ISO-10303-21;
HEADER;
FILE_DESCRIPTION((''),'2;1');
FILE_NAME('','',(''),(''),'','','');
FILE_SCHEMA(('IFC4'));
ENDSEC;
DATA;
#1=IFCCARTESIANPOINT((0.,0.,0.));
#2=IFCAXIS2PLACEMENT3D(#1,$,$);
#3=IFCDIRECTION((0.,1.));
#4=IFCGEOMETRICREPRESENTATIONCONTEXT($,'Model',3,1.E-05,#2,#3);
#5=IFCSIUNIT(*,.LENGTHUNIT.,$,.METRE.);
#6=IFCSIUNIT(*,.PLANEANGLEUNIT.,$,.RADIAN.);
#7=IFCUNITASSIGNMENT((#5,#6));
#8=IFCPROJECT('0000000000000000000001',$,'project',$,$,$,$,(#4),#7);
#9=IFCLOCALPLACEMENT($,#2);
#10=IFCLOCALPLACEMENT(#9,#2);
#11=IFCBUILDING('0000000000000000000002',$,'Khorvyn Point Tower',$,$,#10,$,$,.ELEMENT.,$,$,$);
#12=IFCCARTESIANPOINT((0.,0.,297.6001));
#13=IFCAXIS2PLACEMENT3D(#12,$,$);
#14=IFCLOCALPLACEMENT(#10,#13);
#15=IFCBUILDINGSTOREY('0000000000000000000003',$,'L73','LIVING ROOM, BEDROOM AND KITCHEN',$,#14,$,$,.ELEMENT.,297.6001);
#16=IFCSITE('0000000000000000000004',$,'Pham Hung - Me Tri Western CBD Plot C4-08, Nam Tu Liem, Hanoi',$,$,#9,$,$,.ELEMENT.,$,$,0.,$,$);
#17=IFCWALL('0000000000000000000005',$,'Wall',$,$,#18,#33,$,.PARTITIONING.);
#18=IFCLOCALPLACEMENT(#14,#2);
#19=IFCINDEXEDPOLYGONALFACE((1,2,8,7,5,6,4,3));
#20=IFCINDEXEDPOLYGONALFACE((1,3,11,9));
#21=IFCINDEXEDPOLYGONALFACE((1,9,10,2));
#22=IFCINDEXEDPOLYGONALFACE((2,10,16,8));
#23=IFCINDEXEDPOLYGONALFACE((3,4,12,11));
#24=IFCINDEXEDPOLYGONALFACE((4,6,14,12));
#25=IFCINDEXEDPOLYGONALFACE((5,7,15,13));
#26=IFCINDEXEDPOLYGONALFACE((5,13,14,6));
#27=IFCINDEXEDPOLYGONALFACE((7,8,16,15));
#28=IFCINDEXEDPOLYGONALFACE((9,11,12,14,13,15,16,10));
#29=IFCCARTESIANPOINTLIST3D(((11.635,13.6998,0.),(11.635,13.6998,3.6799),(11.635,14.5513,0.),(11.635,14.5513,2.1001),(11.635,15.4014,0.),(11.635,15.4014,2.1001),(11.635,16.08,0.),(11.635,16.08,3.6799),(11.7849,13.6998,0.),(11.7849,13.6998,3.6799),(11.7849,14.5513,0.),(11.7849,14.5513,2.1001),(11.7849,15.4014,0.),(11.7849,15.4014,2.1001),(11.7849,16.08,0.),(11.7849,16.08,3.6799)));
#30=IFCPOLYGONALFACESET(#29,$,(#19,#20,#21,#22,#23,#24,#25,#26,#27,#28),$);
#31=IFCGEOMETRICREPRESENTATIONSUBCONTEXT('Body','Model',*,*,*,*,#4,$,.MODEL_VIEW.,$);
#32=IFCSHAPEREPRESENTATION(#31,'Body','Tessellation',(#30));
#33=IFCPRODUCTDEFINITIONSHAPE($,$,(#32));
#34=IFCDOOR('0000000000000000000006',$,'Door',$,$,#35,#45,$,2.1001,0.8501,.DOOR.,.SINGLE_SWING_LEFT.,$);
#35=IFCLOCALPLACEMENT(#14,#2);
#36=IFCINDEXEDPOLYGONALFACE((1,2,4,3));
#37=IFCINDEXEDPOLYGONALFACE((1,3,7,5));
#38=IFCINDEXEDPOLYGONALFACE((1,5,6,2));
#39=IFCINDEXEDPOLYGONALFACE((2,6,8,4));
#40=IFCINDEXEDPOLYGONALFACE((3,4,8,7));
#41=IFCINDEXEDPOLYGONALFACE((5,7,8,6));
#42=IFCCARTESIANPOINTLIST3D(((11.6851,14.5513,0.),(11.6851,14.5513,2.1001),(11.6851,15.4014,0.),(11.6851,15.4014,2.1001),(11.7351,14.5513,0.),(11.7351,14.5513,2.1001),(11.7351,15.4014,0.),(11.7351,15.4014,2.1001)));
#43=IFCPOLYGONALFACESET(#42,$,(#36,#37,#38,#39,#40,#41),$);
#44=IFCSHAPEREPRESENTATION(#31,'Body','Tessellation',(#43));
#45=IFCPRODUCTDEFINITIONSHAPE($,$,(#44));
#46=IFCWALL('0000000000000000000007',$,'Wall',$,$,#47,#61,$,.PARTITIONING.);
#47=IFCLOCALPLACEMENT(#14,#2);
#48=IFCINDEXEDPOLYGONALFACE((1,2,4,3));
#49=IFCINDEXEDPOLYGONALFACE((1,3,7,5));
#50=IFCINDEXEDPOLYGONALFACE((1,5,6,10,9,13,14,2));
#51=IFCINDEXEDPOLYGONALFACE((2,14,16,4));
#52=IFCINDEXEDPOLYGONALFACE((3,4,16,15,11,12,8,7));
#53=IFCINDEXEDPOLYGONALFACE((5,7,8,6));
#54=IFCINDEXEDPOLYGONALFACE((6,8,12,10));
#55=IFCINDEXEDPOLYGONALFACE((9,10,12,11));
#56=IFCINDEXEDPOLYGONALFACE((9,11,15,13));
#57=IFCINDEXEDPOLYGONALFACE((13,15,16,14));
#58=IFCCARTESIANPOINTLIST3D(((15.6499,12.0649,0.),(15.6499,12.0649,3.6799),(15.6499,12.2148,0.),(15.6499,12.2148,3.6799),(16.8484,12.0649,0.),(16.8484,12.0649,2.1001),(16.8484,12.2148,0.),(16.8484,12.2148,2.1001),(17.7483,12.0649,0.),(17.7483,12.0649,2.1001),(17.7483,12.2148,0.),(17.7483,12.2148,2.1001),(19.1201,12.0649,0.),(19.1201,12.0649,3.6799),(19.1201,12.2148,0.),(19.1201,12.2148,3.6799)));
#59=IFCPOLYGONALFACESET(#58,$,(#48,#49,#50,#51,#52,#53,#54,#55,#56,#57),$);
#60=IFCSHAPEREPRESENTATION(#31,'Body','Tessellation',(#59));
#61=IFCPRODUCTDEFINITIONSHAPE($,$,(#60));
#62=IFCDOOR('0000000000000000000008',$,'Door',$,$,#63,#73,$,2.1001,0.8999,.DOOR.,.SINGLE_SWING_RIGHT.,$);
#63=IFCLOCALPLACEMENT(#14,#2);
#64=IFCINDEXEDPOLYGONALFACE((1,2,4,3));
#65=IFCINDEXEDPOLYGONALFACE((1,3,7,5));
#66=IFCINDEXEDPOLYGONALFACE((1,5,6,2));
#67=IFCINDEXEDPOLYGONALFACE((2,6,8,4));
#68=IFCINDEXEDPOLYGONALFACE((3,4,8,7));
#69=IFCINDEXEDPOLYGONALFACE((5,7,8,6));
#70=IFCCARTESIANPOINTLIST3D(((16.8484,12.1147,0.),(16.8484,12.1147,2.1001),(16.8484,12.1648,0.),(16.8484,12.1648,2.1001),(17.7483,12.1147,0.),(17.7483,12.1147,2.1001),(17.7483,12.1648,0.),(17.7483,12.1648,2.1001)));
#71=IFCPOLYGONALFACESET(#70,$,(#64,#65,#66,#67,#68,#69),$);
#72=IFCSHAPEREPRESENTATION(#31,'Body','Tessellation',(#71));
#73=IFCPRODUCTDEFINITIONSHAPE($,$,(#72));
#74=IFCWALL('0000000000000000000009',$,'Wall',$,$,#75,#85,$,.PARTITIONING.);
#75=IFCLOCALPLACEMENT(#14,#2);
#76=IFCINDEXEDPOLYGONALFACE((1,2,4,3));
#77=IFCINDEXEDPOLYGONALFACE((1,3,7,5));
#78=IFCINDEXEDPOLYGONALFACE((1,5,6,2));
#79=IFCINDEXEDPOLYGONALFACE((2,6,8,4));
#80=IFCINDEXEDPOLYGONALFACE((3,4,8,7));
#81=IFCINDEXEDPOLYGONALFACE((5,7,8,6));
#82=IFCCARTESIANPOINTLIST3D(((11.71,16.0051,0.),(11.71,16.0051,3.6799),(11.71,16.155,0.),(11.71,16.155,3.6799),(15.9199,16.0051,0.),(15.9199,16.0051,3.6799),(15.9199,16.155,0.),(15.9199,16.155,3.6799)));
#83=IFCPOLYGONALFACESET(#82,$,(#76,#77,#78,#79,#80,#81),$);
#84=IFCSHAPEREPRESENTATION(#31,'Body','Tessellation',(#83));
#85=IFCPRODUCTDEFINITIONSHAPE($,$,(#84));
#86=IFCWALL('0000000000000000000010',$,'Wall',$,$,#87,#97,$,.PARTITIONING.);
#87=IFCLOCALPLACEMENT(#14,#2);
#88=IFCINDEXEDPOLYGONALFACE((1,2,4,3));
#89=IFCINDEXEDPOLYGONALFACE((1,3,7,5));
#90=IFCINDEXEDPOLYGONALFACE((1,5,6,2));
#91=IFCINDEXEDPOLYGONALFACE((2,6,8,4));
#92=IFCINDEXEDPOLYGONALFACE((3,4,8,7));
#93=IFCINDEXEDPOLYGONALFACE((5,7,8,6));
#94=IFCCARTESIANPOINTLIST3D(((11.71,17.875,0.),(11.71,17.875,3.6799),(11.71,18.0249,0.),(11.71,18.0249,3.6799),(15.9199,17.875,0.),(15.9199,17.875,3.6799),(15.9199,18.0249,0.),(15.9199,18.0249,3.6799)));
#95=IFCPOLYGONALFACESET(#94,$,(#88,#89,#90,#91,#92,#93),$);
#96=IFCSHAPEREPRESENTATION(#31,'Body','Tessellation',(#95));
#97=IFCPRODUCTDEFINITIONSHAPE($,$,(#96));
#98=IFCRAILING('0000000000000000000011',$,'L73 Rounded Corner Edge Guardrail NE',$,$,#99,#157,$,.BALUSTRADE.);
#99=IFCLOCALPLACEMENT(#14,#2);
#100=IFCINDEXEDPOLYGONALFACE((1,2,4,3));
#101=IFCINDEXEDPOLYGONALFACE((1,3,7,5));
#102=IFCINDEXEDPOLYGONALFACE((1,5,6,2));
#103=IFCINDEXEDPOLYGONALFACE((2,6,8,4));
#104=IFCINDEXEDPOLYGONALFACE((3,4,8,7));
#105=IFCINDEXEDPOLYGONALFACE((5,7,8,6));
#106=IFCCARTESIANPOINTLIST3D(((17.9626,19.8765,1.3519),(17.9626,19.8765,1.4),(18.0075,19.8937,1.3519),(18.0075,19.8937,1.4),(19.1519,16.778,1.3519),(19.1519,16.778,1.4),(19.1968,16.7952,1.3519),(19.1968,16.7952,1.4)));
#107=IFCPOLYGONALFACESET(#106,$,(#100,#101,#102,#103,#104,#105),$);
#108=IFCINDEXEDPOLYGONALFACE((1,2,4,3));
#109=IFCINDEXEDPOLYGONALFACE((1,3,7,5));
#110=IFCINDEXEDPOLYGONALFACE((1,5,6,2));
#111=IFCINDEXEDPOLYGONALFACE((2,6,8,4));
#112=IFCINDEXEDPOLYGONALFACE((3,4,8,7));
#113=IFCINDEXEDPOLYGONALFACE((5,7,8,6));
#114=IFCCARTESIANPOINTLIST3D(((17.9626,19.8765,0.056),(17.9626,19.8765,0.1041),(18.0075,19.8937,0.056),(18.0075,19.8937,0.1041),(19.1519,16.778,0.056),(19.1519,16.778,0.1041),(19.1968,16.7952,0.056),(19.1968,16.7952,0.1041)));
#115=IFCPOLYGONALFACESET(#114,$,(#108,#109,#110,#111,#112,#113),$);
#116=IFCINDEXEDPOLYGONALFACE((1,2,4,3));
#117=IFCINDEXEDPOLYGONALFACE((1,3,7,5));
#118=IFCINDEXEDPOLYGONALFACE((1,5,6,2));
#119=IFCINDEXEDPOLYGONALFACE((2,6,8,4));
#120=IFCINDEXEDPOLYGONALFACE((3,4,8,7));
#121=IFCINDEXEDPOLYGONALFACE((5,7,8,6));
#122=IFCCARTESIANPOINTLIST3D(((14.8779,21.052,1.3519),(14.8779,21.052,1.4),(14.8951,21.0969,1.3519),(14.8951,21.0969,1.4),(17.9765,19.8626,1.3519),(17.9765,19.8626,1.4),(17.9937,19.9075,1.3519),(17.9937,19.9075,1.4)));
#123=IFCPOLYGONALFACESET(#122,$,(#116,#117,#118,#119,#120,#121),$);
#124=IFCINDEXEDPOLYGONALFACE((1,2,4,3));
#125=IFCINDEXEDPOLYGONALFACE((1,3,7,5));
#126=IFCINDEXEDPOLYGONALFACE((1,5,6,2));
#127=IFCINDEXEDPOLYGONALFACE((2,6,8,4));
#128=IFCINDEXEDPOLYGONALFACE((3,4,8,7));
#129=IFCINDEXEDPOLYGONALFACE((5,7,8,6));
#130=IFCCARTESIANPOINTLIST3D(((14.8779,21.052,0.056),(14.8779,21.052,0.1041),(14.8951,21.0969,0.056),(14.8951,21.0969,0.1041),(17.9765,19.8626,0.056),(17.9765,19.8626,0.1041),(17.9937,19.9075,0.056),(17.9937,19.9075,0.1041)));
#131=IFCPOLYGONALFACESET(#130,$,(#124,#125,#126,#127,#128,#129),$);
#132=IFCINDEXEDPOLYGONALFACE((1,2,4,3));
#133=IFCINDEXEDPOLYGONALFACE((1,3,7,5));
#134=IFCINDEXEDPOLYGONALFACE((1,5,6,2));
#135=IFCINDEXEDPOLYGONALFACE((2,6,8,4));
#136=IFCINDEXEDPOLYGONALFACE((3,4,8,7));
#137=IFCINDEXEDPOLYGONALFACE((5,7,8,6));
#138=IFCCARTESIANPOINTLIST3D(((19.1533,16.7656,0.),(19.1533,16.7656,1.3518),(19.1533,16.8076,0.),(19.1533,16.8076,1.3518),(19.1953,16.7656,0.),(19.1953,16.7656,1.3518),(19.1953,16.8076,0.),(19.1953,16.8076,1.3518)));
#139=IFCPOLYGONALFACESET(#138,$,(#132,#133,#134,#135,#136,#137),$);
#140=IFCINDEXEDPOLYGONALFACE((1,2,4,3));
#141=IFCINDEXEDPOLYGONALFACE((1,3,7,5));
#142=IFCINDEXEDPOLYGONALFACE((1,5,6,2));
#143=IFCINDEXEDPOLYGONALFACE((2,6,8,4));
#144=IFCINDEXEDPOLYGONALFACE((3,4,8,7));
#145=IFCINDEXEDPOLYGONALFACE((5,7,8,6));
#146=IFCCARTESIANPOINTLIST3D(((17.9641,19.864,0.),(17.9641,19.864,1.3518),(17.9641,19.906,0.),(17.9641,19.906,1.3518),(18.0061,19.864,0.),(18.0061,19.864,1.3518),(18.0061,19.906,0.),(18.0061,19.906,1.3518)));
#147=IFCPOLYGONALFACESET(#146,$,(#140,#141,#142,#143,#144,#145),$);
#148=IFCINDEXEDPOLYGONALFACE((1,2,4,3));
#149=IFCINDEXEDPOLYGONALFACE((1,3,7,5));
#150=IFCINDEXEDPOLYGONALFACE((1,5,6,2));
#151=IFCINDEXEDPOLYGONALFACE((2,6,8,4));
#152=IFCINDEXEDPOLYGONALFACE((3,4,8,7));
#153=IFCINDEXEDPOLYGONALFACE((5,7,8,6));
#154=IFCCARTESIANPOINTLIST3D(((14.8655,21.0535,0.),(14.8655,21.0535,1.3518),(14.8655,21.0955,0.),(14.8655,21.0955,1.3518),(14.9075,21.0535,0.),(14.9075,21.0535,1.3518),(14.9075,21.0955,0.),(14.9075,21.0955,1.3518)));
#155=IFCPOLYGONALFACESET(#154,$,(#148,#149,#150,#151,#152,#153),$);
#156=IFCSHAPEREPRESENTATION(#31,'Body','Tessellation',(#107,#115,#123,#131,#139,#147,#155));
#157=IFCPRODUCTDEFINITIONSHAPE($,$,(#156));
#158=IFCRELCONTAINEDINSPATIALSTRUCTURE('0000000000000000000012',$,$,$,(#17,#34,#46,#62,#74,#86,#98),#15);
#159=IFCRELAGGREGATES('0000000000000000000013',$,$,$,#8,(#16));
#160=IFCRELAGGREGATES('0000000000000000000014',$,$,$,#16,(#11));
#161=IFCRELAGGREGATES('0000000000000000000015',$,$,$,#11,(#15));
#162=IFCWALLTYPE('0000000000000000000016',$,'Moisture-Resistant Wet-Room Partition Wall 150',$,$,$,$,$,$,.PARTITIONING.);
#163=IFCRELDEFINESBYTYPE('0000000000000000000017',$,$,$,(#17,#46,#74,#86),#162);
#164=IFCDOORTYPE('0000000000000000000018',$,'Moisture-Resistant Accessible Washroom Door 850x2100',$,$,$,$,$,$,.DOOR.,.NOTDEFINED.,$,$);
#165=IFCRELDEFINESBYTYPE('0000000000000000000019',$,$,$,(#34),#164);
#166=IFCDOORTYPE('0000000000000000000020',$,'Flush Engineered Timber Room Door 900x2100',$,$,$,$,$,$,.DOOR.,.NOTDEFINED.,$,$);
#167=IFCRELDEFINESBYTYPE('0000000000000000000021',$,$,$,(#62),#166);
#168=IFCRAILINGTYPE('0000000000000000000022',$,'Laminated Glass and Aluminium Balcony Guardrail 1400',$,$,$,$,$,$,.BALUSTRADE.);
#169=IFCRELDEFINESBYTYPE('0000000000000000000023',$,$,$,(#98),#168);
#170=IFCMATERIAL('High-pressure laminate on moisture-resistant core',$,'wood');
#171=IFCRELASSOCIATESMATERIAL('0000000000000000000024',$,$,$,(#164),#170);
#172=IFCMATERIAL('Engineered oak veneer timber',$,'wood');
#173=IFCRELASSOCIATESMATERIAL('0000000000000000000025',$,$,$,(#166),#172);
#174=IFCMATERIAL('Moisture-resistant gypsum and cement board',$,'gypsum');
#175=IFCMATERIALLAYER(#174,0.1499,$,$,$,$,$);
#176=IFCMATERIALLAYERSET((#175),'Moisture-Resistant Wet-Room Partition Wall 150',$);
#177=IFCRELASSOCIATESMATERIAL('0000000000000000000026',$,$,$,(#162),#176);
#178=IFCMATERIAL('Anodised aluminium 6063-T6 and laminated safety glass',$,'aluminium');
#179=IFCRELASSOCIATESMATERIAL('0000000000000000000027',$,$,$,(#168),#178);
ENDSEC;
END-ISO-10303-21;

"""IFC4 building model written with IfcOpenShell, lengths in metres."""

from ifc_helpers import new_model, si_unit, direction, frame, frame_2d, origin, origin_2d, place, context, subcontext, project, spatial, rectangle, extrude, material, layer, layer_set, type_object, element, fill, save


model = new_model("IFC4")

# Units and contexts
model_context = context("Model", 3, precision=1e-05, world=origin(), true_north=direction((0.0, 1.0)))
body_context = subcontext(model_context, "Body", "Model", "MODEL_VIEW")
ifc_project = project(units=[si_unit("LENGTHUNIT", "METRE"), si_unit("PLANEANGLEUNIT", "RADIAN")], contexts=[model_context])

# Site, building, storey
site_placement = place(None, origin())
site = spatial("IfcSite", under=ifc_project, at=site_placement, Name="Pham Hung - Me Tri Western CBD Plot C4-08, Nam Tu Liem, Hanoi", CompositionType="ELEMENT", RefElevation=0.0)
building_placement = place(site_placement, origin())
building = spatial("IfcBuilding", under=site, at=building_placement, Name="Khorvyn Point Tower", CompositionType="ELEMENT")
storey_placement = place(building_placement, frame((0.0, 0.0, 297.6001)))
storey = spatial("IfcBuildingStorey", under=building, at=storey_placement, Name="L73", Description="LIVING ROOM, BEDROOM AND KITCHEN", CompositionType="ELEMENT", Elevation=297.6001)

# Walls, openings, doors
ifc_material_1 = material(Name="High-pressure laminate on moisture-resistant core", Category="wood")
door_type_1 = type_object("IfcDoorType", Name="Moisture-Resistant Accessible Washroom Door 850x2100", OperationType="NOTDEFINED", PredefinedType="DOOR", material=ifc_material_1)
ifc_material_2 = material(Name="Engineered oak veneer timber", Category="wood")
door_type_2 = type_object("IfcDoorType", Name="Flush Engineered Timber Room Door 900x2100", OperationType="NOTDEFINED", PredefinedType="DOOR", material=ifc_material_2)
ifc_material_3 = material(Name="Moisture-resistant gypsum and cement board", Category="gypsum")
ifc_layer_1 = layer(ifc_material_3, 0.1499)
ifc_layer_set_1 = layer_set([ifc_layer_1], Name="Moisture-Resistant Wet-Room Partition Wall 150")
wall_type_1 = type_object("IfcWallType", Name="Moisture-Resistant Wet-Room Partition Wall 150", PredefinedType="PARTITIONING", material=ifc_layer_set_1)
wall_1_placement = place(storey_placement, frame((11.71, 13.7, 0.0), z_axis=(0.0, 0.0, 1.0), x_axis=(0.0, 1.0, 0.0)))
wall_1 = element("IfcWall", 1, at=wall_1_placement, inside=storey, type_object=wall_type_1, Name="Wall", PredefinedType="PARTITIONING", context=body_context, shape_type="SweptSolid", body=[
    extrude(rectangle(XDim=2.3801, YDim=0.1499, at=frame_2d((1.1899, 0.0))), origin(), (0.0, 0.0, 1.0), 3.6799),
])
opening_1_placement = place(wall_1_placement, frame((0.8513, 0.0, 0.0)))
opening_1 = element("IfcOpeningElement", 2, at=opening_1_placement, cuts=wall_1, PredefinedType="OPENING", context=body_context, shape_type="SweptSolid", body=[
    extrude(rectangle(XDim=0.8501, YDim=2.1001, at=frame_2d((0.425, 1.05))), frame((0.0, 0.085, 0.0), z_axis=(0.0, -1.0, 0.0), x_axis=(1.0, 0.0, 0.0)), (0.0, 0.0, 1.0), 0.1699),
])
door_1_placement = place(opening_1_placement, origin())
door_1 = element("IfcDoor", 3, at=door_1_placement, inside=storey, type_object=door_type_1, Name="Door", OperationType="SINGLE_SWING_LEFT", OverallHeight=2.1001, OverallWidth=0.8501, PredefinedType="DOOR", context=body_context, shape_type="SweptSolid", body=[
    extrude(rectangle(XDim=0.8501, YDim=2.1001, at=frame_2d((0.425, 1.05))), frame((0.0, 0.0249, 0.0), z_axis=(0.0, -1.0, 0.0), x_axis=(1.0, 0.0, 0.0)), (0.0, 0.0, 1.0), 0.05),
])
fill(opening_1, door_1)
wall_2_placement = place(storey_placement, frame((15.6499, 12.1399, 0.0), z_axis=(0.0, 0.0, 1.0), x_axis=(1.0, 0.0, 0.0)))
wall_2 = element("IfcWall", 4, at=wall_2_placement, inside=storey, type_object=wall_type_1, Name="Wall", PredefinedType="PARTITIONING", context=body_context, shape_type="SweptSolid", body=[
    extrude(rectangle(XDim=3.4702, YDim=0.1499, at=frame_2d((1.7351, 0.0))), origin(), (0.0, 0.0, 1.0), 3.6799),
])
opening_2_placement = place(wall_2_placement, frame((1.1985, 0.0, 0.0)))
opening_2 = element("IfcOpeningElement", 5, at=opening_2_placement, cuts=wall_2, PredefinedType="OPENING", context=body_context, shape_type="SweptSolid", body=[
    extrude(rectangle(XDim=0.8999, YDim=2.1001, at=frame_2d((0.45, 1.05))), frame((0.0, 0.085, 0.0), z_axis=(0.0, -1.0, 0.0), x_axis=(1.0, 0.0, 0.0)), (0.0, 0.0, 1.0), 0.1699),
])
door_2_placement = place(opening_2_placement, origin())
door_2 = element("IfcDoor", 6, at=door_2_placement, inside=storey, type_object=door_type_2, Name="Door", OperationType="SINGLE_SWING_RIGHT", OverallHeight=2.1001, OverallWidth=0.8999, PredefinedType="DOOR", context=body_context, shape_type="SweptSolid", body=[
    extrude(rectangle(XDim=0.8999, YDim=2.1001, at=frame_2d((0.45, 1.05))), frame((0.0, 0.0249, 0.0), z_axis=(0.0, -1.0, 0.0), x_axis=(1.0, 0.0, 0.0)), (0.0, 0.0, 1.0), 0.05),
])
fill(opening_2, door_2)

# Walls
for number, where, z_axis, x_axis, name in (
    (7, (11.71, 16.0801, 0.0), (0.0, 0.0, 1.0), (1.0, 0.0, 0.0), "Wall"),
    (8, (11.71, 17.95, 0.0), (0.0, 0.0, 1.0), (1.0, 0.0, 0.0), "Wall"),
):
    element("IfcWall", number, at=place(storey_placement, frame(where, z_axis=z_axis, x_axis=x_axis)), inside=storey, type_object=wall_type_1, Name=name, PredefinedType="PARTITIONING", context=body_context, shape_type="SweptSolid", body=[
        extrude(rectangle(XDim=4.21, YDim=0.1499, at=frame_2d((2.105, 0.0))), origin(), (0.0, 0.0, 1.0), 3.6799),
    ])

# Railing
ifc_material_4 = material(Name="Anodised aluminium 6063-T6 and laminated safety glass", Category="aluminium")
railing_type = type_object("IfcRailingType", Name="Laminated Glass and Aluminium Balcony Guardrail 1400", PredefinedType="BALUSTRADE", material=ifc_material_4)
railing_1_placement = place(storey_placement, frame((19.1743, 16.7866, 0.0)))
element("IfcRailing", 9, at=railing_1_placement, inside=storey, type_object=railing_type, Name="L73 Rounded Corner Edge Guardrail NE", PredefinedType="BALUSTRADE", context=body_context, shape_type="SweptSolid", body=[
    extrude(rectangle(XDim=0.0481, YDim=0.0481, at=origin_2d()), frame((0.0, 0.0, 1.376), z_axis=(-0.358328, 0.933596, 0.0), x_axis=(-0.933596, -0.358328, 0.0)), (0.0, 0.0, 1.0), 3.3188),
    extrude(rectangle(XDim=0.0481, YDim=0.0481, at=origin_2d()), frame((0.0, 0.0, 0.0801), z_axis=(-0.358328, 0.933596, 0.0), x_axis=(-0.933596, -0.358328, 0.0)), (0.0, 0.0, 1.0), 3.3188),
    extrude(rectangle(XDim=0.0481, YDim=0.0481, at=origin_2d()), frame((-1.1892, 3.0984, 1.376), z_axis=(-0.93358, 0.358368, 0.0), x_axis=(-0.358368, -0.93358, 0.0)), (0.0, 0.0, 1.0), 3.3191),
    extrude(rectangle(XDim=0.0481, YDim=0.0481, at=origin_2d()), frame((-1.1892, 3.0984, 0.0801), z_axis=(-0.93358, 0.358368, 0.0), x_axis=(-0.358368, -0.93358, 0.0)), (0.0, 0.0, 1.0), 3.3191),
    extrude(rectangle(XDim=0.042, YDim=0.042, at=origin_2d()), origin(), (0.0, 0.0, 1.0), 1.3518),
    extrude(rectangle(XDim=0.042, YDim=0.042, at=origin_2d()), frame((-1.1892, 3.0984, 0.0)), (0.0, 0.0, 1.0), 1.3518),
    extrude(rectangle(XDim=0.042, YDim=0.042, at=origin_2d()), frame((-4.2878, 4.2878, 0.0)), (0.0, 0.0, 1.0), 1.3518),
])

save(model, "model.ifc")
